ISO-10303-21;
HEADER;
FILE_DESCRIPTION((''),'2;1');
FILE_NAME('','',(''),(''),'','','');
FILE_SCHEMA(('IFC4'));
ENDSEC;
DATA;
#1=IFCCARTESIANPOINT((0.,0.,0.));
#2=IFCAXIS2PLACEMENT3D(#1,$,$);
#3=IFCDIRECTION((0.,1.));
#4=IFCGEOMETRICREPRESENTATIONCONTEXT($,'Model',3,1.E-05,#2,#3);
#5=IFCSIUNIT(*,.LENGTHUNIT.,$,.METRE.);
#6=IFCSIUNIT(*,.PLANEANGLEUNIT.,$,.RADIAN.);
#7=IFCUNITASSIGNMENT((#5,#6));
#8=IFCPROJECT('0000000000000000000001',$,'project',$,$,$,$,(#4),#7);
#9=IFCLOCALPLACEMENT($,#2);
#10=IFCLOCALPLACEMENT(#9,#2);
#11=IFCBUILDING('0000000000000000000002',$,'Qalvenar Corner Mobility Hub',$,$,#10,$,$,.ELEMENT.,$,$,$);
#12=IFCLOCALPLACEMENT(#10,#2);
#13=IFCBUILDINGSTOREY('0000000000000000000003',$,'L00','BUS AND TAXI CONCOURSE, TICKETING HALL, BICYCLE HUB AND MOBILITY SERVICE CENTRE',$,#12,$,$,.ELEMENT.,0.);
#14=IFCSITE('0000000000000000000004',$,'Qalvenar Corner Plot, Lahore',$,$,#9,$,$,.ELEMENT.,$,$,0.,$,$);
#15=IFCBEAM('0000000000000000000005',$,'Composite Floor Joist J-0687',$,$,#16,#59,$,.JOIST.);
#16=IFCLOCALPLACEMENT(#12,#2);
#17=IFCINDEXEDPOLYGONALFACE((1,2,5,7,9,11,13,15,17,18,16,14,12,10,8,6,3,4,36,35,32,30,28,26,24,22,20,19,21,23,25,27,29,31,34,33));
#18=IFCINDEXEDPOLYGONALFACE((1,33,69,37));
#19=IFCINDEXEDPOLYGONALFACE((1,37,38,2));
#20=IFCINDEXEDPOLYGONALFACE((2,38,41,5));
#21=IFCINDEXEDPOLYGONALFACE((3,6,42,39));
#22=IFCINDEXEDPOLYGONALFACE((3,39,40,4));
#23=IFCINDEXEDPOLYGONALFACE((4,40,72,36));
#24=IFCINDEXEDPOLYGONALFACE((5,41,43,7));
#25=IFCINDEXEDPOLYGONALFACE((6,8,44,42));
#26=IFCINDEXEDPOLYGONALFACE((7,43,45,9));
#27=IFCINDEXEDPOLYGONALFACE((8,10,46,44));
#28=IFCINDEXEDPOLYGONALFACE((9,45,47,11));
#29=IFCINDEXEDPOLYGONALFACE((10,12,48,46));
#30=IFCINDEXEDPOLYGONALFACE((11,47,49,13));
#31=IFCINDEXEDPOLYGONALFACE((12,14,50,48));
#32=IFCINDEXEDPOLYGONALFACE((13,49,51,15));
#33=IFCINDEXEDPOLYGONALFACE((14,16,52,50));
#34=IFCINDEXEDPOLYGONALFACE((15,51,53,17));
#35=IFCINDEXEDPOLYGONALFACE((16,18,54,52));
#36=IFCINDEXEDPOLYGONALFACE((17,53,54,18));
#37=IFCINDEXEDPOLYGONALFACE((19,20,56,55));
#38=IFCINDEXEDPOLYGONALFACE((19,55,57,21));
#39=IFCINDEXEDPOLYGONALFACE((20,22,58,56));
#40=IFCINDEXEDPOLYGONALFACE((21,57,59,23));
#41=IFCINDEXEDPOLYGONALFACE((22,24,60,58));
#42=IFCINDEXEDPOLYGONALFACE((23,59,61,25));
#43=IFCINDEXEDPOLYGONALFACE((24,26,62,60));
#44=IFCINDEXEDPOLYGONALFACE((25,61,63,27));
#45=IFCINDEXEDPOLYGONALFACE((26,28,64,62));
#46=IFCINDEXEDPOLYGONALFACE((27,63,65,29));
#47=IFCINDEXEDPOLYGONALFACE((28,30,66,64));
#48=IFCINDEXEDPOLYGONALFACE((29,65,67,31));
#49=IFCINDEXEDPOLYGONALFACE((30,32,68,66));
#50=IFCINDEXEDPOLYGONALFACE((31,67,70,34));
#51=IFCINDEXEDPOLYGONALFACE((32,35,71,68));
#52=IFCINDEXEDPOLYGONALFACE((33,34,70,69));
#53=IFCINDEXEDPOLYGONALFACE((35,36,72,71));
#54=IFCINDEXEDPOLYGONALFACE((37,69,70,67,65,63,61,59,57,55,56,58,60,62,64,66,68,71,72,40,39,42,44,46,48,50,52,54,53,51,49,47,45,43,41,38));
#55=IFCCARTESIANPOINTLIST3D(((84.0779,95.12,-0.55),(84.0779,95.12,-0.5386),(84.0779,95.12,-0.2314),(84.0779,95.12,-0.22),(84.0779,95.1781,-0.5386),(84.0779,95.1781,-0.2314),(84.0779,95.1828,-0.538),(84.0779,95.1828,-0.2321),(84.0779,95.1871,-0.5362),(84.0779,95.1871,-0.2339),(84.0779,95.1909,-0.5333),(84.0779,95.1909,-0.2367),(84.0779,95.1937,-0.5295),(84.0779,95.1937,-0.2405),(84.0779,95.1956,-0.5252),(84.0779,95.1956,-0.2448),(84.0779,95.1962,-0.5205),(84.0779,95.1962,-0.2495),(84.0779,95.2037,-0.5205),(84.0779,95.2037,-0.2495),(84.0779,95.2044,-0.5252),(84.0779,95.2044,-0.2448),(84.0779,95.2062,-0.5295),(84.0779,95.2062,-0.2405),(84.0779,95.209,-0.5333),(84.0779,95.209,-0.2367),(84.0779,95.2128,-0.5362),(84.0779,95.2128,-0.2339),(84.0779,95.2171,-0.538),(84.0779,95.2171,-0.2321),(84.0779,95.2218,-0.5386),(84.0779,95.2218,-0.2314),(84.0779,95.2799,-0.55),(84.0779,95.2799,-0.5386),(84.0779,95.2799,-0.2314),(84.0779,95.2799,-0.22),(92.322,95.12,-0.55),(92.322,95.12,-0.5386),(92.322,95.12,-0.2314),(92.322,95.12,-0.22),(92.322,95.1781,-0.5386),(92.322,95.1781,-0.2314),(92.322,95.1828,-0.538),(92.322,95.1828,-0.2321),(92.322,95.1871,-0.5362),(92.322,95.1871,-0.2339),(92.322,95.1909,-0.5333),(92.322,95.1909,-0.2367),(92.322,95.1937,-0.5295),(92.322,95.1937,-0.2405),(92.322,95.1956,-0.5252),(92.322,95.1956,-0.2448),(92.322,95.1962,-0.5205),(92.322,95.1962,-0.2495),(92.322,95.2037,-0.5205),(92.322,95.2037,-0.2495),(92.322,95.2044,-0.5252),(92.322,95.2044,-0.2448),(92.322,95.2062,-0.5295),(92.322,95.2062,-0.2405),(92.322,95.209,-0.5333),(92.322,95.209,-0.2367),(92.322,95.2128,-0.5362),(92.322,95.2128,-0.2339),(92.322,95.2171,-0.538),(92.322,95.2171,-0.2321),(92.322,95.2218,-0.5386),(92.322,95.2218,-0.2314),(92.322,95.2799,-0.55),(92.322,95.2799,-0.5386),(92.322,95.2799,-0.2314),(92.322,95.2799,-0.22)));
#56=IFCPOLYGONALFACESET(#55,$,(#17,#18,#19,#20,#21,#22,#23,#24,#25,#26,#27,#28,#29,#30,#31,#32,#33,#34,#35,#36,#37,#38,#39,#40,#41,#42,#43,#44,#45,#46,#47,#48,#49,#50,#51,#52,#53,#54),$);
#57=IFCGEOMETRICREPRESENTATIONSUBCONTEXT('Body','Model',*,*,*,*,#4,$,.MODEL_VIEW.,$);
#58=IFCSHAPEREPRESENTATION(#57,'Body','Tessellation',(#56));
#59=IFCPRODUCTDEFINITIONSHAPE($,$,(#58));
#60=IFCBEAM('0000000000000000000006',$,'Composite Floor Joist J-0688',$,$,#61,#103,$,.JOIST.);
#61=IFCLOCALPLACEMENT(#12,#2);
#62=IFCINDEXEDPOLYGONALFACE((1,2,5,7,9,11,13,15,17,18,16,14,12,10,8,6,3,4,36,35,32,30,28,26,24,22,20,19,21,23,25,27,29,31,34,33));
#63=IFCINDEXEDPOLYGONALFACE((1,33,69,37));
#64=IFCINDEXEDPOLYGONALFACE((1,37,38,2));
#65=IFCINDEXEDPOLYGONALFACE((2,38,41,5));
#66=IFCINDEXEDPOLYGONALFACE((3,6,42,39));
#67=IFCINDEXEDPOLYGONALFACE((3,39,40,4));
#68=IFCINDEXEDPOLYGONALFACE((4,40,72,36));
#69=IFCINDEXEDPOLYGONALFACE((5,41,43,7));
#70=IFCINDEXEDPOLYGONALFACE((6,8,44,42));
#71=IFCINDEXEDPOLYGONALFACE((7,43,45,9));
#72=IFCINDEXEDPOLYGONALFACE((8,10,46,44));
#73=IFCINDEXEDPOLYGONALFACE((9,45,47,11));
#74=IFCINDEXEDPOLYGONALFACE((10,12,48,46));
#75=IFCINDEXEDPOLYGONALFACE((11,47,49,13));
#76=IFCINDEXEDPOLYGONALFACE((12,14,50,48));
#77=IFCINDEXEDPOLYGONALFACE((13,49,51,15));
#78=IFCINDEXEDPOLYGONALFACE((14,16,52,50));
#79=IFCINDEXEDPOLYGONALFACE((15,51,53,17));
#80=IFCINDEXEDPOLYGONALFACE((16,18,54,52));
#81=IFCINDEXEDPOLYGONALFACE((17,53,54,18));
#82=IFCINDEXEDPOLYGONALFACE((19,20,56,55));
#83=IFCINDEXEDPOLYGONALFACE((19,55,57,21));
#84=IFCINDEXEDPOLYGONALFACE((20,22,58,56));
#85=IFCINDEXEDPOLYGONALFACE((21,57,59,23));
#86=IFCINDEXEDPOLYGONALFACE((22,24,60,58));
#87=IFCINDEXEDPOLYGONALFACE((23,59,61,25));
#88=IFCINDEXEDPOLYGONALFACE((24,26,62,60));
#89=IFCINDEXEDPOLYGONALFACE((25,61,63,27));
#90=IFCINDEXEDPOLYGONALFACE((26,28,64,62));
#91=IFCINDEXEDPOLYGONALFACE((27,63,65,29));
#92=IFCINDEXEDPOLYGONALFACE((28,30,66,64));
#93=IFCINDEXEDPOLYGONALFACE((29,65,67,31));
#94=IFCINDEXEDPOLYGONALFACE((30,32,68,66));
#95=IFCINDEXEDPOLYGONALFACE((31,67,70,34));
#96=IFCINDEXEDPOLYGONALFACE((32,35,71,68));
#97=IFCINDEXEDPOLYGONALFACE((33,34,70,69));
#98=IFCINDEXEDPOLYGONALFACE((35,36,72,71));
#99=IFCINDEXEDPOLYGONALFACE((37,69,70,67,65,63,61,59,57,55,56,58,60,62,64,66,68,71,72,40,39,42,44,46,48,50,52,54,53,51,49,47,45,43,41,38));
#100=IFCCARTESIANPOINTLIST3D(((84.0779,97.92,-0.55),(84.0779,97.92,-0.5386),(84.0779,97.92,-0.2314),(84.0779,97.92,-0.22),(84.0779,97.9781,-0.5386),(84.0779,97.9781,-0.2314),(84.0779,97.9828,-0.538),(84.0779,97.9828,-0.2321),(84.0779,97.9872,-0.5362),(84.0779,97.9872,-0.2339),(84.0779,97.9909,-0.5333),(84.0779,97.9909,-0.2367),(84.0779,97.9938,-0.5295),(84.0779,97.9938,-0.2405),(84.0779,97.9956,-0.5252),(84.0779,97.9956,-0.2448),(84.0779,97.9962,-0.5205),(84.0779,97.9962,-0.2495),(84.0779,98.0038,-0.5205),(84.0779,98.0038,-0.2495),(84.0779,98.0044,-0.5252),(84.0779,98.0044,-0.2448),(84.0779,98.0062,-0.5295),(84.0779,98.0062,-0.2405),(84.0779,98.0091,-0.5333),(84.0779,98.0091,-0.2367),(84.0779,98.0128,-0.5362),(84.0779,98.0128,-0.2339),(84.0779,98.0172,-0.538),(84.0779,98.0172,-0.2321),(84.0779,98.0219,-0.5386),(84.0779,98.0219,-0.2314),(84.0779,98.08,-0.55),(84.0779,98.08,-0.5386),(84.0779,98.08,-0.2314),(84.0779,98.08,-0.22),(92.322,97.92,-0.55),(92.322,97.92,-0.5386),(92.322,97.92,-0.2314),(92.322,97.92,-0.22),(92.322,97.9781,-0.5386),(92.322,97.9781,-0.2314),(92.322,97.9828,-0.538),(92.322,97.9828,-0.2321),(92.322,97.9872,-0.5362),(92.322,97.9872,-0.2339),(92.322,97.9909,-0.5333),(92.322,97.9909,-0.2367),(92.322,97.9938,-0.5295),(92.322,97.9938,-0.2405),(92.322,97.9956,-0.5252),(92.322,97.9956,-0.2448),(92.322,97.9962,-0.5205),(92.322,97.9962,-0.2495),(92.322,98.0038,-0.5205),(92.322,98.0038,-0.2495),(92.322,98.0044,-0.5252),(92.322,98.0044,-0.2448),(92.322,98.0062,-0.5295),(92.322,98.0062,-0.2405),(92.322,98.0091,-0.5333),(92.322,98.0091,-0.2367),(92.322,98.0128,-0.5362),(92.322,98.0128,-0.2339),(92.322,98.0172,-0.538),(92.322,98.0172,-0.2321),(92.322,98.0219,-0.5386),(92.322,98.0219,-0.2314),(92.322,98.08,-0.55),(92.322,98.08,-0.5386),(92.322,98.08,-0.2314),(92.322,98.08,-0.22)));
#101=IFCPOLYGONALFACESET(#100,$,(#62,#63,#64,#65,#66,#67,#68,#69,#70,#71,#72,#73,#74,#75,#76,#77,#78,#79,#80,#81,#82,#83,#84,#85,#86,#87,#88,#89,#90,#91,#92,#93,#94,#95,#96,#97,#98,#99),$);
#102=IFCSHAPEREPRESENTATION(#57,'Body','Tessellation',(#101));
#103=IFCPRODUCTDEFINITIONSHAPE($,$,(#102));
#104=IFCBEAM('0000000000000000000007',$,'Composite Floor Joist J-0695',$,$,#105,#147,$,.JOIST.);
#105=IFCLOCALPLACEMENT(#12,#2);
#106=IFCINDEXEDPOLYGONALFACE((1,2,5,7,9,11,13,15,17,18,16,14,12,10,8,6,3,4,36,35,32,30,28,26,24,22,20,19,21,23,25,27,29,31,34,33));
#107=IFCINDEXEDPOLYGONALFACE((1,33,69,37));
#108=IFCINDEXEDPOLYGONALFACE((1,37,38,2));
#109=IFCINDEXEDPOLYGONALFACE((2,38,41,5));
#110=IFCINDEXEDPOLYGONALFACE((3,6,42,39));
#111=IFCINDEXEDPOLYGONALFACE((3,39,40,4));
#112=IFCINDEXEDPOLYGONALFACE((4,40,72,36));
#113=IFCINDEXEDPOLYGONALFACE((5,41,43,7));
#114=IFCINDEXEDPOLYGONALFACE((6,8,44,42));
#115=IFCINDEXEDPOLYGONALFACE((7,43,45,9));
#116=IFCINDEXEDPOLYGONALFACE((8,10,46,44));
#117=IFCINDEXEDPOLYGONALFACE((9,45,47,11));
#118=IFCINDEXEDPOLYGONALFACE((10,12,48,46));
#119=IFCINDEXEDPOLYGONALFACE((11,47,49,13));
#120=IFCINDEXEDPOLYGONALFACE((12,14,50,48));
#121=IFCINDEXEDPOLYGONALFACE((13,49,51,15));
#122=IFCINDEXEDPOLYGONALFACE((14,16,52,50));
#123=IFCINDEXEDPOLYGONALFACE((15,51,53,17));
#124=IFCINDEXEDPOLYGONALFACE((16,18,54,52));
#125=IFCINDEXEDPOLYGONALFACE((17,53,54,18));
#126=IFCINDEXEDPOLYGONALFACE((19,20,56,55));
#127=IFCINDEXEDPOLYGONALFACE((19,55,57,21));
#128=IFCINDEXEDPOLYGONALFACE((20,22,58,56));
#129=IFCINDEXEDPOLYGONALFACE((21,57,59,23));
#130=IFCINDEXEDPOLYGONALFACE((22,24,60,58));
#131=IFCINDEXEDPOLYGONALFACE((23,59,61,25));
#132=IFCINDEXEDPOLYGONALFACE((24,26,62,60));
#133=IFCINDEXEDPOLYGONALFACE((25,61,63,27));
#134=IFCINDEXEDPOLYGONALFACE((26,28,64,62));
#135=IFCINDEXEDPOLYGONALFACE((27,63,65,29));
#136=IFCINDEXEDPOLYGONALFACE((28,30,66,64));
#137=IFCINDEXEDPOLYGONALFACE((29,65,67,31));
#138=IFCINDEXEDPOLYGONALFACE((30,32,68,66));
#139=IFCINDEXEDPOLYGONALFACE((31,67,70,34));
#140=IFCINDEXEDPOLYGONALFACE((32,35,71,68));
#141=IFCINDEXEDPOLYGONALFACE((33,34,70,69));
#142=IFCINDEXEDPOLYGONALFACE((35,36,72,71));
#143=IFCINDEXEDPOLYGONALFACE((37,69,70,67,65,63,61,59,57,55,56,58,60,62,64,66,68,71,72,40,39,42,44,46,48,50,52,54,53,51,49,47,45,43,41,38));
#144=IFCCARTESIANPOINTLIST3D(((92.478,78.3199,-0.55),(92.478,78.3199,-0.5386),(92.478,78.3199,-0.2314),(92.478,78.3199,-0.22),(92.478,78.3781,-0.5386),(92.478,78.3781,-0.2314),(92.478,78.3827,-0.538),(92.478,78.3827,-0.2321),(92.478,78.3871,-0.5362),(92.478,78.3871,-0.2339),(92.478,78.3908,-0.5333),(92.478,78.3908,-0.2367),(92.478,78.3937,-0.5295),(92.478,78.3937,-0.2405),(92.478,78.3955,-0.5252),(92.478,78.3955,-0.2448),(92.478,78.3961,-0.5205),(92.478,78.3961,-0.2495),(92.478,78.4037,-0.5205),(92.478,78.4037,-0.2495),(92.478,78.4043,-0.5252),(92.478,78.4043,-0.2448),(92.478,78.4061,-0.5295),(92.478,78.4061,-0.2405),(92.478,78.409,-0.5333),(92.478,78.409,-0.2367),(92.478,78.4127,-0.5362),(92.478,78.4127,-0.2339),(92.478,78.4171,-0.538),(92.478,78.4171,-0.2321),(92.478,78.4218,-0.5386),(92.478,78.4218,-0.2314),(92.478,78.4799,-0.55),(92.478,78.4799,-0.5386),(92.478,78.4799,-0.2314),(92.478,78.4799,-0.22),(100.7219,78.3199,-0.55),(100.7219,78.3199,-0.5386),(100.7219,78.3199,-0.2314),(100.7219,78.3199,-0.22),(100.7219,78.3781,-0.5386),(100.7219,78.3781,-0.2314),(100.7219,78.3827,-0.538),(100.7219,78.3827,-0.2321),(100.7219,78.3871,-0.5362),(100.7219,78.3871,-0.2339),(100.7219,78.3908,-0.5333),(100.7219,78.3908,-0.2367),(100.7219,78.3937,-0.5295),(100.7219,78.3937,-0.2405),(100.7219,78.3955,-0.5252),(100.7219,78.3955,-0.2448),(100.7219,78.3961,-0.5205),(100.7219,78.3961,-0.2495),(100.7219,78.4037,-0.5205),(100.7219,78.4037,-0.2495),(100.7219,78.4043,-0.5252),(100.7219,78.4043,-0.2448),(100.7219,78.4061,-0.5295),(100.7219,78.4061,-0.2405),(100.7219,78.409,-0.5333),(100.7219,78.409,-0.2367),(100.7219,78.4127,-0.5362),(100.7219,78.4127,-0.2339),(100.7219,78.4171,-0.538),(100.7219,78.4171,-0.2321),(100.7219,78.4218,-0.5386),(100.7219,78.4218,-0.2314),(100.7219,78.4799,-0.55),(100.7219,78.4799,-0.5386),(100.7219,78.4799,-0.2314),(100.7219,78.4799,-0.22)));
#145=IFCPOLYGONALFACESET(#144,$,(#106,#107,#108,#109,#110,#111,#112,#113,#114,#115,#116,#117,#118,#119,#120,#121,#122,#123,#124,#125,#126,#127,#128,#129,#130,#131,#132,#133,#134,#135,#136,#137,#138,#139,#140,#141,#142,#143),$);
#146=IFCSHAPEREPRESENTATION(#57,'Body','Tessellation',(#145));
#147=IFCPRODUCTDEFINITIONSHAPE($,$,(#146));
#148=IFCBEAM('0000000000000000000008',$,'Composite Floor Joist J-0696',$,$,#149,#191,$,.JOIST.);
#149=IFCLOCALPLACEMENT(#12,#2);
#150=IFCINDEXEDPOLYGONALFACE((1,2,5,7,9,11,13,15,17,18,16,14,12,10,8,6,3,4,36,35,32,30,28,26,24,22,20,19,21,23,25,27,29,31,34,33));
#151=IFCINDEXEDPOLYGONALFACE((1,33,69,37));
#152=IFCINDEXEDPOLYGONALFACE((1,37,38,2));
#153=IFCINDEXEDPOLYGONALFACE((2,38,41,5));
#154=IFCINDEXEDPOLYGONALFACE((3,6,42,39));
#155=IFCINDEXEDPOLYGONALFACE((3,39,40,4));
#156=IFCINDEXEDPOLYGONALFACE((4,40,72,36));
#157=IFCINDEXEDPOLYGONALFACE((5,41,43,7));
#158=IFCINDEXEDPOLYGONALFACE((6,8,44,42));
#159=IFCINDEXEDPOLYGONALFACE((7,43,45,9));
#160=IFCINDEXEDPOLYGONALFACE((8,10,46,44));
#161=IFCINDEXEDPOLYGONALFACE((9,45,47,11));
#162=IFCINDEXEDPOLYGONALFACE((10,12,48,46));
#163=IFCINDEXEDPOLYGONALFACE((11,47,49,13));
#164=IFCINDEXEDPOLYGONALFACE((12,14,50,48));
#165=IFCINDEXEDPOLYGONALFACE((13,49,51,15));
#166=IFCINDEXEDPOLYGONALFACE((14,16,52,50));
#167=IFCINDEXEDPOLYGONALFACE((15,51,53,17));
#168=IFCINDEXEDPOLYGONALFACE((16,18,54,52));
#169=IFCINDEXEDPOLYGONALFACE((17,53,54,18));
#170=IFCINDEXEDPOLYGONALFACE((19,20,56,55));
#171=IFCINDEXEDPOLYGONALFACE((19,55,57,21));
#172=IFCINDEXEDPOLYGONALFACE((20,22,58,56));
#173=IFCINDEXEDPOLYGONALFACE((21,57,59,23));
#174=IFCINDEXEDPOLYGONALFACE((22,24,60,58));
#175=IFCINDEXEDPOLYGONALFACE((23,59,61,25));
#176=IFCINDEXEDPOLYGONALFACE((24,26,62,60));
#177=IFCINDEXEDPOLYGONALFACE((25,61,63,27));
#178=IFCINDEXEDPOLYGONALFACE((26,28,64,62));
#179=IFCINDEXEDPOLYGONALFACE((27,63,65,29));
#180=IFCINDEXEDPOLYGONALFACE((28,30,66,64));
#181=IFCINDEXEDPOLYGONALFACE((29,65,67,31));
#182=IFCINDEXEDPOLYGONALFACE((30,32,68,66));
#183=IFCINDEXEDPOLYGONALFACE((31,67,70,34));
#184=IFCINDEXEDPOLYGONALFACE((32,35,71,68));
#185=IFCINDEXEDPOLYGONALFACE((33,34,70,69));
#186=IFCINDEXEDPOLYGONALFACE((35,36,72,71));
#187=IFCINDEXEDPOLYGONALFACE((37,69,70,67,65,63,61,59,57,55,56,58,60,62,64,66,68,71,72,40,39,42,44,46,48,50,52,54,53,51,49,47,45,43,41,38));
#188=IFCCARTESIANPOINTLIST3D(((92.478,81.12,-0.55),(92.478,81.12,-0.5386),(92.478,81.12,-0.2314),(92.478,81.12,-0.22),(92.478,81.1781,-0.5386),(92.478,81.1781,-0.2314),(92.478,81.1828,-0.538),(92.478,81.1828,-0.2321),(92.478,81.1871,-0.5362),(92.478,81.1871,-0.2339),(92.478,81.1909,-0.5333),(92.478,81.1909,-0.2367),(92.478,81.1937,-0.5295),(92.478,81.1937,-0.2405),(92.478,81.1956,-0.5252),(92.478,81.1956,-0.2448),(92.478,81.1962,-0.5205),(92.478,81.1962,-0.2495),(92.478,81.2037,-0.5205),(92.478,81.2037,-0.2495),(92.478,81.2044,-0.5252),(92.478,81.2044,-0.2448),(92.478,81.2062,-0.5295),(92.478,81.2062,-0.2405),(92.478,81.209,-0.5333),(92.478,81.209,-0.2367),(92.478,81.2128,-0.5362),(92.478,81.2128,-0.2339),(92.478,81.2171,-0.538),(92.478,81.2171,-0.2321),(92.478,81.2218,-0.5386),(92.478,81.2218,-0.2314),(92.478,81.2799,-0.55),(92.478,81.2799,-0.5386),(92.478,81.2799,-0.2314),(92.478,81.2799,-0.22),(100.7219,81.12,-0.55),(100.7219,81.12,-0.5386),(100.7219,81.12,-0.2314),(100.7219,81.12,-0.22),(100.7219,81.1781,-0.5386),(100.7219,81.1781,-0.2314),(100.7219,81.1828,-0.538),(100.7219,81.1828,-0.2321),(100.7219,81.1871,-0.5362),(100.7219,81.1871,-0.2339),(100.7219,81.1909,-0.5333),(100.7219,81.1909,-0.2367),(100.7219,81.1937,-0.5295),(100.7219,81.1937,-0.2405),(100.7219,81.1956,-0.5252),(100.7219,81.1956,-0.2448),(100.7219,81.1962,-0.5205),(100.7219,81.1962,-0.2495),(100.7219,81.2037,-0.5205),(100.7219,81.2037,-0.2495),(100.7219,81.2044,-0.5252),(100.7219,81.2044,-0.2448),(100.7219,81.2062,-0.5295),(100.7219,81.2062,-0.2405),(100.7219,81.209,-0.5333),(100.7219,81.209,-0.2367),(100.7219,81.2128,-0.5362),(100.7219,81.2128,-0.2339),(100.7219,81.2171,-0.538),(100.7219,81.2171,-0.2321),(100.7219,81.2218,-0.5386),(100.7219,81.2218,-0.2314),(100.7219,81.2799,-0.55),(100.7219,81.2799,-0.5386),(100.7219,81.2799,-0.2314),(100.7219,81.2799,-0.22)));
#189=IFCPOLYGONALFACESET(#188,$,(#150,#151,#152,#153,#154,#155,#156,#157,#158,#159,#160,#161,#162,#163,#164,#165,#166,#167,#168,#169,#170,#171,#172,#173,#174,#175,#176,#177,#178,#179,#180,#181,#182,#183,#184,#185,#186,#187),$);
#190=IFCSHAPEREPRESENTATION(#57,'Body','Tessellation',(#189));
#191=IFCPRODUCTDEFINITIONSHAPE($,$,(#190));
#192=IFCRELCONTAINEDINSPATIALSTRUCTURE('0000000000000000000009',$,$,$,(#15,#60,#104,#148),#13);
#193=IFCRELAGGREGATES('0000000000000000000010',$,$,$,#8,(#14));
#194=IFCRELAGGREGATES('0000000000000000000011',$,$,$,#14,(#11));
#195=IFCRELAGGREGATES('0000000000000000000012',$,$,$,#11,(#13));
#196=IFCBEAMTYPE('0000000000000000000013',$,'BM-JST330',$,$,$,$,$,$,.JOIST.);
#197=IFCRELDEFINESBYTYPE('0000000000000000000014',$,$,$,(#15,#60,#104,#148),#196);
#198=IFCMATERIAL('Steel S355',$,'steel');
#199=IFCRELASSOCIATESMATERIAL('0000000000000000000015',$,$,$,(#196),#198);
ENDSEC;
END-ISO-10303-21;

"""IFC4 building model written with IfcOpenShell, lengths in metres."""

from ifc_helpers import new_model, si_unit, direction, frame, origin, origin_2d, place, context, subcontext, project, spatial, i_section, extrude, material, material_profile, profile_set, type_object, element, save


model = new_model("IFC4")

# Units and contexts
model_context = context("Model", 3, precision=1e-05, world=origin(), true_north=direction((0.0, 1.0)))
body_context = subcontext(model_context, "Body", "Model", "MODEL_VIEW")
ifc_project = project(units=[si_unit("LENGTHUNIT", "METRE"), si_unit("PLANEANGLEUNIT", "RADIAN")], contexts=[model_context])

# Site, building, storey
site_placement = place(None, origin())
site = spatial("IfcSite", under=ifc_project, at=site_placement, Name="Qalvenar Corner Plot, Lahore", CompositionType="ELEMENT", RefElevation=0.0)
building_placement = place(site_placement, origin())
building = spatial("IfcBuilding", under=site, at=building_placement, Name="Qalvenar Corner Mobility Hub", CompositionType="ELEMENT")
storey_placement = place(building_placement, origin())
storey = spatial("IfcBuildingStorey", under=building, at=storey_placement, Name="L00", Description="BUS AND TAXI CONCOURSE, TICKETING HALL, BICYCLE HUB AND MOBILITY SERVICE CENTRE", CompositionType="ELEMENT", Elevation=0.0)

# Shared definitions
ifc_material = material(Name="Steel S355", Category="steel")

# Beams
ifc_material_profile_1 = material_profile(ifc_material, i_section(OverallWidth=0.1599, OverallDepth=0.3301, WebThickness=0.0076, FlangeThickness=0.0115, FilletRadius=0.0181, at=origin_2d()), Name="IPE330")
ifc_profile_set_1 = profile_set([ifc_material_profile_1], Name="Steel S355")
beam_type_1 = type_object("IfcBeamType", Name="BM-JST330", PredefinedType="JOIST", material=ifc_profile_set_1)
for number, where, z_axis, x_axis, name in (
    (1, (84.0779, 95.2, -0.385), (1.0, 0.0, 0.0), (0.0, 1.0, 0.0), "Composite Floor Joist J-0687"),
    (2, (84.0779, 98.0, -0.385), (1.0, 0.0, 0.0), (0.0, 1.0, 0.0), "Composite Floor Joist J-0688"),
):
    element("IfcBeam", number, at=place(storey_placement, frame(where, z_axis=z_axis, x_axis=x_axis)), inside=storey, type_object=beam_type_1, Name=name, PredefinedType="JOIST", context=body_context, shape_type="SweptSolid", body=[
        extrude(i_section(OverallWidth=0.1599, OverallDepth=0.3301, WebThickness=0.0076, FlangeThickness=0.0115, FilletRadius=0.0181, at=origin_2d()), origin(), (0.0, 0.0, 1.0), 8.2441),
    ])
for number, where, z_axis, x_axis, name in (
    (3, (92.478, 78.3999, -0.385), (1.0, 0.0, 0.0), (0.0, 1.0, 0.0), "Composite Floor Joist J-0695"),
    (4, (92.478, 81.2, -0.385), (1.0, 0.0, 0.0), (0.0, 1.0, 0.0), "Composite Floor Joist J-0696"),
):
    element("IfcBeam", number, at=place(storey_placement, frame(where, z_axis=z_axis, x_axis=x_axis)), inside=storey, type_object=beam_type_1, Name=name, PredefinedType="JOIST", context=body_context, shape_type="SweptSolid", body=[
        extrude(i_section(OverallWidth=0.1599, OverallDepth=0.3301, WebThickness=0.0076, FlangeThickness=0.0115, FilletRadius=0.0181, at=origin_2d()), origin(), (0.0, 0.0, 1.0), 8.2439),
    ])

save(model, "model.ifc")
